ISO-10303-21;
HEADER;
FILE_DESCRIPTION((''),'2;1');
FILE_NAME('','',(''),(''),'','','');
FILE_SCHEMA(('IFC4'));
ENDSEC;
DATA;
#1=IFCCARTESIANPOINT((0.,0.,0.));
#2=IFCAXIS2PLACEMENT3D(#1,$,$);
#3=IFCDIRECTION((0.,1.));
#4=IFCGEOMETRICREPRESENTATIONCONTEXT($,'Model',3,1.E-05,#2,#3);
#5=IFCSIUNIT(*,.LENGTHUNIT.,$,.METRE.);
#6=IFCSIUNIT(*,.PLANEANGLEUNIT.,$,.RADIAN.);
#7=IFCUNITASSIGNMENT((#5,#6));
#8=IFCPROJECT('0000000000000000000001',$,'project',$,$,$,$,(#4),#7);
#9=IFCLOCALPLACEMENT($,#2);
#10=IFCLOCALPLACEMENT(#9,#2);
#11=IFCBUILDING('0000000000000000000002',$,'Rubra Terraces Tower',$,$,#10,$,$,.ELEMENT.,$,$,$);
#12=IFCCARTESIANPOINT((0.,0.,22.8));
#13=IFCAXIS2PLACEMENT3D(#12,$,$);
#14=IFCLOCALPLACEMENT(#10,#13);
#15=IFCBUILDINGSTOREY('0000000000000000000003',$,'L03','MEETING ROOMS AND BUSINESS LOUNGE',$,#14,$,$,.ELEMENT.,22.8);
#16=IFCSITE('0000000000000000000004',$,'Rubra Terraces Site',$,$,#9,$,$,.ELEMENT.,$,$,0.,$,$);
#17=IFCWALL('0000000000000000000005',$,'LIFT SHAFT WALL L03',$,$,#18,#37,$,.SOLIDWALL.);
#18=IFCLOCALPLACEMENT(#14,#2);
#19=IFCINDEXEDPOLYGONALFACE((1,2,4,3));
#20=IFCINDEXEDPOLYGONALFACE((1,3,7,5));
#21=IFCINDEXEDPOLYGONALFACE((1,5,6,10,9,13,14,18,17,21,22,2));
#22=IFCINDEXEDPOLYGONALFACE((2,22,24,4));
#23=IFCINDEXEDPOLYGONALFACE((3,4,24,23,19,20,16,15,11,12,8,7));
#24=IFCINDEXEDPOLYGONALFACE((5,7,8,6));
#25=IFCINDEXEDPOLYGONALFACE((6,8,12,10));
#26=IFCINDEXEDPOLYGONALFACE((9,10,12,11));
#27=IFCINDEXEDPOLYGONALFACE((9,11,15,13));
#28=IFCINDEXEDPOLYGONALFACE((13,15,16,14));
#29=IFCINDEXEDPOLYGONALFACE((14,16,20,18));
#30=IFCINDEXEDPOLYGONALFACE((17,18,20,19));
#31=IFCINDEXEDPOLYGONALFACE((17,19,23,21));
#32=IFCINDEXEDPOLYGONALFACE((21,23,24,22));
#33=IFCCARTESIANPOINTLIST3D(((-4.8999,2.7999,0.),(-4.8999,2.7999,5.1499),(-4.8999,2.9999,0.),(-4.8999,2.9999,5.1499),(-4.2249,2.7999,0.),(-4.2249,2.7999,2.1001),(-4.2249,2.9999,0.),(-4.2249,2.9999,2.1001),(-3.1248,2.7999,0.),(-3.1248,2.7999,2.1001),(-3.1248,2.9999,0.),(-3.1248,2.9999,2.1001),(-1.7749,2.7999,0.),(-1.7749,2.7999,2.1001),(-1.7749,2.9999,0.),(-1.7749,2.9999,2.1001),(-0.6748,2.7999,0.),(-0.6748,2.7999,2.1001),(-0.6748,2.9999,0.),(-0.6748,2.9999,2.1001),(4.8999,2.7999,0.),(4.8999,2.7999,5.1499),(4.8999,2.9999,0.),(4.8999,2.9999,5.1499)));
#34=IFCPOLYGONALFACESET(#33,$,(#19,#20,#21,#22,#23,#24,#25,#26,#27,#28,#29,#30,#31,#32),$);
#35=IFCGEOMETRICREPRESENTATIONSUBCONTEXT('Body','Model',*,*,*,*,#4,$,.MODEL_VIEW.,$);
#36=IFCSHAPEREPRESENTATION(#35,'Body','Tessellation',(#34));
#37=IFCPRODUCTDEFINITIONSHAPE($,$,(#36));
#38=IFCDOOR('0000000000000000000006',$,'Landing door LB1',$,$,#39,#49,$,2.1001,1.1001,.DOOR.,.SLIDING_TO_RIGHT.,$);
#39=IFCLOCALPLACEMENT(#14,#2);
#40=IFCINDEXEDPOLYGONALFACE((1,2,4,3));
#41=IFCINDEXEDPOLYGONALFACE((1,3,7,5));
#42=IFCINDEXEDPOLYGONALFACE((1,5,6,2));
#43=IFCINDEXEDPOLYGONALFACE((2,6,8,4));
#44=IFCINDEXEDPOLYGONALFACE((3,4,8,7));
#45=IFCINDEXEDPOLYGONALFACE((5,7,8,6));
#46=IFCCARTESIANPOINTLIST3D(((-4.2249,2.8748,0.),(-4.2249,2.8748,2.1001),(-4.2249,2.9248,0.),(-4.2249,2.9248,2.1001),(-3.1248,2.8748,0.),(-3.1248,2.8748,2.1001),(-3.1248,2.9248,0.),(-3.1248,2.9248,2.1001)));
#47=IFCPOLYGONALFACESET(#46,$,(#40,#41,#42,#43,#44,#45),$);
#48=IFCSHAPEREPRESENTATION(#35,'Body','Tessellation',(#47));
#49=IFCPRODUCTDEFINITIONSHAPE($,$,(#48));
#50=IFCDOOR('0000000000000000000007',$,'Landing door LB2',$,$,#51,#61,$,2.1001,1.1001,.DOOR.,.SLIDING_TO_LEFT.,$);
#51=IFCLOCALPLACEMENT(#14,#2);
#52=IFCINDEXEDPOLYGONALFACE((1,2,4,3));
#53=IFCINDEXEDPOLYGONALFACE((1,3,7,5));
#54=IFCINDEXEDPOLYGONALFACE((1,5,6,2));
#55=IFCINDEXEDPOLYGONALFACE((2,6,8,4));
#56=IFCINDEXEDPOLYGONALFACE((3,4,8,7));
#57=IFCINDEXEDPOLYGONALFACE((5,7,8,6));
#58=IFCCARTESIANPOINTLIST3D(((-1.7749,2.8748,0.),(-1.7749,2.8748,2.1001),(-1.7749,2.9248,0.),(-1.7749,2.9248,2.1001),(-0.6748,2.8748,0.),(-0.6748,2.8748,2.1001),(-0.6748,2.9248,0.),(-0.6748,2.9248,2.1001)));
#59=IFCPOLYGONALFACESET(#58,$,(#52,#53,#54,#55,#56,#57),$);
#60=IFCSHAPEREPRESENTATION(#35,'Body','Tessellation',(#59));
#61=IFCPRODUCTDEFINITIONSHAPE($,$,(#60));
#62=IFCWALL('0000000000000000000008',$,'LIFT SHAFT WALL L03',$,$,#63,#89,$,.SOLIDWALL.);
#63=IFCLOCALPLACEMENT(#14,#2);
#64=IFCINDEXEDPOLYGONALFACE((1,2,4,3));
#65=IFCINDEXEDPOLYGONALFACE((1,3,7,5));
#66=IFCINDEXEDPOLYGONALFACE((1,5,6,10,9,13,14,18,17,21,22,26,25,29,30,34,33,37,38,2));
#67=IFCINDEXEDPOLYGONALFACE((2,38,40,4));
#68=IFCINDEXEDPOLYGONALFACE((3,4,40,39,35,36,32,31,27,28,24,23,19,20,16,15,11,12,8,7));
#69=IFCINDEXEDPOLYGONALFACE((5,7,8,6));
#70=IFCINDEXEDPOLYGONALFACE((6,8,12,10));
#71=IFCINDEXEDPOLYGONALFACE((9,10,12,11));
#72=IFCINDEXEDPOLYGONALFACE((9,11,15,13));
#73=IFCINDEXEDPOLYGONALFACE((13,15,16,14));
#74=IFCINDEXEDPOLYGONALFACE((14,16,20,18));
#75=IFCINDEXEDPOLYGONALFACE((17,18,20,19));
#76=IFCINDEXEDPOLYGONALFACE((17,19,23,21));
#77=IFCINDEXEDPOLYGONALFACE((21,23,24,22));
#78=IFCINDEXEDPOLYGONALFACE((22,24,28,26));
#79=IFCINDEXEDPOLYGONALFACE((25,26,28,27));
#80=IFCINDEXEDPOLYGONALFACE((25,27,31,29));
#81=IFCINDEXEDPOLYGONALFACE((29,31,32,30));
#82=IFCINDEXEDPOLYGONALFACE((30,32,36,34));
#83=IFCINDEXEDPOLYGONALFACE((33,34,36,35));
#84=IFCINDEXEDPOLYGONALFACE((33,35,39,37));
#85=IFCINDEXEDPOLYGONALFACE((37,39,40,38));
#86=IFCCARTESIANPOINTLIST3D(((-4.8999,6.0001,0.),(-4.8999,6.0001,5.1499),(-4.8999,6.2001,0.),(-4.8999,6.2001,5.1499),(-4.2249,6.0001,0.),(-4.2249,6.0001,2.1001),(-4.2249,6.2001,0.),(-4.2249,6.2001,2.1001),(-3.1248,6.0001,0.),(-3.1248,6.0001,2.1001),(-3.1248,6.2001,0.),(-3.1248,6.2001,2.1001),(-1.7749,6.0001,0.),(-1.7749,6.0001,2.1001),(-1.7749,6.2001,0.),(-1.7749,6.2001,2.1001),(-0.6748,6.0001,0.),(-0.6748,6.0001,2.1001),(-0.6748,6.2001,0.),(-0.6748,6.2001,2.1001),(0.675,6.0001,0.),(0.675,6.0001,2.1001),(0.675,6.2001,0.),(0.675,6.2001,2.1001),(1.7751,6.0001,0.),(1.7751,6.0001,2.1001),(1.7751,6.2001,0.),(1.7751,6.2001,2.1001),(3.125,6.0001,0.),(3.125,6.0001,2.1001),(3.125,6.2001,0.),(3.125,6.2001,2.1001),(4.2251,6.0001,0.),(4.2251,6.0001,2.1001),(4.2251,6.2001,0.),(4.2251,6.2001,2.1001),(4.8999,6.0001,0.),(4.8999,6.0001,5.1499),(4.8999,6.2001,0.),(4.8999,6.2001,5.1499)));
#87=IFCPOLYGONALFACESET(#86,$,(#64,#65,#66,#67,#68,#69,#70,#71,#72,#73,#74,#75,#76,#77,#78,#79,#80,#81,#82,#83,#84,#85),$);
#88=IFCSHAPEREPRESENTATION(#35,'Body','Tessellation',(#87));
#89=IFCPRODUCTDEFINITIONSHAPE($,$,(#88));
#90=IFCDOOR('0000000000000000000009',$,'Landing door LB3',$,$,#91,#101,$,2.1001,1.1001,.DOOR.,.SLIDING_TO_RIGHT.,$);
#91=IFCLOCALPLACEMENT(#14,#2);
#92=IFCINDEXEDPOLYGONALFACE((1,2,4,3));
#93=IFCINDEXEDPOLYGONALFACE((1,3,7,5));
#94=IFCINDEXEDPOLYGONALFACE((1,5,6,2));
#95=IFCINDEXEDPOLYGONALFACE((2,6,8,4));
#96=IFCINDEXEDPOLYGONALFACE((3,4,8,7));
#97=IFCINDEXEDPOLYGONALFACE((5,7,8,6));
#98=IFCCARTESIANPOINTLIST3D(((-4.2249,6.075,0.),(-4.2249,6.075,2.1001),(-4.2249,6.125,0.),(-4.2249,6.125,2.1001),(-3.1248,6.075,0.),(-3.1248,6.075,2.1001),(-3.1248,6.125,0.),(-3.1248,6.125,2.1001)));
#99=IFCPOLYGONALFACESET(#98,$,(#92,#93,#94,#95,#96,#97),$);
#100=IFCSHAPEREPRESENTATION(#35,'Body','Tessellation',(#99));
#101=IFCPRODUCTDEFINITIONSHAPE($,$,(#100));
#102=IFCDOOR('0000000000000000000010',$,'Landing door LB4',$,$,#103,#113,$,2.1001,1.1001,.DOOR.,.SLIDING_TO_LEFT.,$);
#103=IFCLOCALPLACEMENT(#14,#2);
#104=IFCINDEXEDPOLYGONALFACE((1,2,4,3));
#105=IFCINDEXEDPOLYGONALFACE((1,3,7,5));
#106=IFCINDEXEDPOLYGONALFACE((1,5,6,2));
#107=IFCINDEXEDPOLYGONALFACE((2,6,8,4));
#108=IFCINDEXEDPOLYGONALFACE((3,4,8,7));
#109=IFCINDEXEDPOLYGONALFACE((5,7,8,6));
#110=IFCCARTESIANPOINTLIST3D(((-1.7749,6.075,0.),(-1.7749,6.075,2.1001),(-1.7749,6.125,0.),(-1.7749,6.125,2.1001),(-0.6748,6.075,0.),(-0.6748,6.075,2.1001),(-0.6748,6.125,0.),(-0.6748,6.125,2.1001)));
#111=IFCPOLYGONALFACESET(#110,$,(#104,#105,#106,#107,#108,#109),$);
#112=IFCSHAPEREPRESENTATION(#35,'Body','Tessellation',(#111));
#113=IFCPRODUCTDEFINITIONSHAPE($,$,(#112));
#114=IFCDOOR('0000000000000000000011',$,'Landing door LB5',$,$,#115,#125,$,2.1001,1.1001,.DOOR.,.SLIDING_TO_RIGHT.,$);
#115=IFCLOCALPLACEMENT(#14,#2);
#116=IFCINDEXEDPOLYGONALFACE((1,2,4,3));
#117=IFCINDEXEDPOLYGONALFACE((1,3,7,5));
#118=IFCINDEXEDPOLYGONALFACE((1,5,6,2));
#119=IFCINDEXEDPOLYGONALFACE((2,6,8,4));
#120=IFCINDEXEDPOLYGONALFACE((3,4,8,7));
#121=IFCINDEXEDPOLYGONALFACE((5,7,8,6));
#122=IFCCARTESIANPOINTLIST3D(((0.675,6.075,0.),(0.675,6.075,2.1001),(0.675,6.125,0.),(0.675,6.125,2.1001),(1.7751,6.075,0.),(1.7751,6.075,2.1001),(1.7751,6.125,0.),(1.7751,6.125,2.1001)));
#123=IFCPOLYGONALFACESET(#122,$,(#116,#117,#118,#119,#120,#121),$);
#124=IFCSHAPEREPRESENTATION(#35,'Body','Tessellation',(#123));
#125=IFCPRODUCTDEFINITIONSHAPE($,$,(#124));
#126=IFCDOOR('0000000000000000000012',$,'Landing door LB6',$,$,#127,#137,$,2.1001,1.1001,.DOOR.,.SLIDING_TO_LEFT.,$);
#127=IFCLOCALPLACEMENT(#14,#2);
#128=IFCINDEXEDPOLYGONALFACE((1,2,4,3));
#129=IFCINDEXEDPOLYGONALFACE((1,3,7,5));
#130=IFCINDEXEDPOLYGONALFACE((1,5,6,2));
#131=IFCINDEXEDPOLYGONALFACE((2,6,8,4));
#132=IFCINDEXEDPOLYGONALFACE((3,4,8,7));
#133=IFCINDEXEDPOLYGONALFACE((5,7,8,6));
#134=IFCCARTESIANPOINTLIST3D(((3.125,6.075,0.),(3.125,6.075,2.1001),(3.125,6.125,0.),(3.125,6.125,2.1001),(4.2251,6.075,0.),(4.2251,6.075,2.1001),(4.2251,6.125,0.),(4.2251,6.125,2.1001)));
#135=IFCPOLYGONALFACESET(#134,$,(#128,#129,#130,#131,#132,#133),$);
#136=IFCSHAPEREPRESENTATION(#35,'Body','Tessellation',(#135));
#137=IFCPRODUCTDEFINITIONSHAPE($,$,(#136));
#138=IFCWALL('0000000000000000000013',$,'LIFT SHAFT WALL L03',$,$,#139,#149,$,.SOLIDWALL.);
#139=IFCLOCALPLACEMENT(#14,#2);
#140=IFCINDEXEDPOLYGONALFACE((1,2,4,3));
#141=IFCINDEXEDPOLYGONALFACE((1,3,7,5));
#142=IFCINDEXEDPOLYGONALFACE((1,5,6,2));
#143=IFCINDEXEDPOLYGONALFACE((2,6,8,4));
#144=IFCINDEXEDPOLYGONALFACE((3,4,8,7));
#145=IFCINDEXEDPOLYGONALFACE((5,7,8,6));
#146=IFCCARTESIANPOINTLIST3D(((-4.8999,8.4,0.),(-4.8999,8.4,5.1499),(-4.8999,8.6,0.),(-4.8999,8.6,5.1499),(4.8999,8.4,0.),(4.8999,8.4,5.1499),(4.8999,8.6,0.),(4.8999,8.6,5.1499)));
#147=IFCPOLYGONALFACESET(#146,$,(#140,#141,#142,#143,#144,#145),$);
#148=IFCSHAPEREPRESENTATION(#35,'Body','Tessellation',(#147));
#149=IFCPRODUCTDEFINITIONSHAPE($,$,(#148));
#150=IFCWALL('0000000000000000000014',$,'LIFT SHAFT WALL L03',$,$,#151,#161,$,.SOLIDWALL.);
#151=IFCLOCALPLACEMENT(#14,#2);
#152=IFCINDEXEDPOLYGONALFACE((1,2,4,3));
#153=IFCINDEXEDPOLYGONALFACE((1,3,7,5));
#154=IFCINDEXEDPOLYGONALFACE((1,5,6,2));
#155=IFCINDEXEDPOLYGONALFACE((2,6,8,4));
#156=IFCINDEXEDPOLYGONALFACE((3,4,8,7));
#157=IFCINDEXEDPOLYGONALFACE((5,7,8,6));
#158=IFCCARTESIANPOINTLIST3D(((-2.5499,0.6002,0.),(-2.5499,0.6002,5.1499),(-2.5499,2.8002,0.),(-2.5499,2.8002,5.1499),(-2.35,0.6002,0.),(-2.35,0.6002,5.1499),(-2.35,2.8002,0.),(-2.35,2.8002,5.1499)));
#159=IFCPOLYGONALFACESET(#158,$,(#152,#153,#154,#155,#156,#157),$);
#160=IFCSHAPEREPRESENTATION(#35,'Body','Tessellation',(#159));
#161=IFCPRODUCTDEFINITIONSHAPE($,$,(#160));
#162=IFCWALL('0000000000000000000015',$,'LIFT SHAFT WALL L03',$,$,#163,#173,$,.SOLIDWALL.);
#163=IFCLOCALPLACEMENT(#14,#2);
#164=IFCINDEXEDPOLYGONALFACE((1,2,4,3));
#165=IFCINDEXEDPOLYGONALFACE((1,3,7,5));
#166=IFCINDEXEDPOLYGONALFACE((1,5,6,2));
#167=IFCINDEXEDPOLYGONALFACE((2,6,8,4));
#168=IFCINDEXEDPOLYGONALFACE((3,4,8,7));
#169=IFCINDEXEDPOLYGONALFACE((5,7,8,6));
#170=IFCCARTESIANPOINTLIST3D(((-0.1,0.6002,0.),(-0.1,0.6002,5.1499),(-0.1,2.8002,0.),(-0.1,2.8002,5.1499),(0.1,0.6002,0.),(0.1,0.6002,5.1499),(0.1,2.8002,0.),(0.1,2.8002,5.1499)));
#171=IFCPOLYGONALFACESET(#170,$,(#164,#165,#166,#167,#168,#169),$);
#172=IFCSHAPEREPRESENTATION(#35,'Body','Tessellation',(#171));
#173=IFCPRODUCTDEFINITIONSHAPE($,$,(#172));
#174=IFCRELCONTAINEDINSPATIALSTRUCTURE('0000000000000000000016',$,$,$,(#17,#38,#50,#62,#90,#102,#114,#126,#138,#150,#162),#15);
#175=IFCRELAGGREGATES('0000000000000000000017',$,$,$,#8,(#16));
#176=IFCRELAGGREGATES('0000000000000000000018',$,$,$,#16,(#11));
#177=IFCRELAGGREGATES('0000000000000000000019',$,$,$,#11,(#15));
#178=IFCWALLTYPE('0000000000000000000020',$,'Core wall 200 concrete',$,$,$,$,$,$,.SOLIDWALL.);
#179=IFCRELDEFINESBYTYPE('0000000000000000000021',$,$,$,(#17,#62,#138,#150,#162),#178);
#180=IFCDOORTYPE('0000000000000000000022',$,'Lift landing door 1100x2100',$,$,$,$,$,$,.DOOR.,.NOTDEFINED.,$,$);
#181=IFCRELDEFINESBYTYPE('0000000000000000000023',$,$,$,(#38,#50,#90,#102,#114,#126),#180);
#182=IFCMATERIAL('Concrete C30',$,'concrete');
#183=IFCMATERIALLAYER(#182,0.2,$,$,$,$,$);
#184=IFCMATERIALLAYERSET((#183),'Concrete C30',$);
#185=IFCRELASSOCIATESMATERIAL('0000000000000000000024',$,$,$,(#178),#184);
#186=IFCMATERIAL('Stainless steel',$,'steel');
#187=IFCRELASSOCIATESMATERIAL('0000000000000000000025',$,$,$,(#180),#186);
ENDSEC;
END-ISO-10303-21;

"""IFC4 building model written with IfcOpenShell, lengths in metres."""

from ifc_helpers import new_model, si_unit, direction, frame, frame_2d, origin, place, context, subcontext, project, spatial, rectangle, extrude, material, layer, layer_set, type_object, element, fill, save


model = new_model("IFC4")

# Units and contexts
model_context = context("Model", 3, precision=1e-05, world=origin(), true_north=direction((0.0, 1.0)))
body_context = subcontext(model_context, "Body", "Model", "MODEL_VIEW")
ifc_project = project(units=[si_unit("LENGTHUNIT", "METRE"), si_unit("PLANEANGLEUNIT", "RADIAN")], contexts=[model_context])

# Site, building, storey
site_placement = place(None, origin())
site = spatial("IfcSite", under=ifc_project, at=site_placement, Name="Rubra Terraces Site", CompositionType="ELEMENT", RefElevation=0.0)
building_placement = place(site_placement, origin())
building = spatial("IfcBuilding", under=site, at=building_placement, Name="Rubra Terraces Tower", CompositionType="ELEMENT")
storey_placement = place(building_placement, frame((0.0, 0.0, 22.8)))
storey = spatial("IfcBuildingStorey", under=building, at=storey_placement, Name="L03", Description="MEETING ROOMS AND BUSINESS LOUNGE", CompositionType="ELEMENT", Elevation=22.8)

# Shared definitions
ifc_material_1 = material(Name="Concrete C30", Category="concrete")
ifc_layer_1 = layer(ifc_material_1, 0.2)
ifc_layer_set_1 = layer_set([ifc_layer_1], Name="Concrete C30")
wall_type_1 = type_object("IfcWallType", Name="Core wall 200 concrete", PredefinedType="SOLIDWALL", material=ifc_layer_set_1)

# Walls, openings, doors
wall_1_placement = place(storey_placement, frame((-4.8999, 2.8999, 0.0), z_axis=(0.0, 0.0, 1.0), x_axis=(1.0, 0.0, 0.0)))
wall_1 = element("IfcWall", 1, at=wall_1_placement, inside=storey, type_object=wall_type_1, Name="LIFT SHAFT WALL L03", PredefinedType="SOLIDWALL", context=body_context, shape_type="SweptSolid", body=[
    extrude(rectangle(XDim=9.7998, YDim=0.2, at=frame_2d((4.8999, 0.0))), origin(), (0.0, 0.0, 1.0), 5.1499),
])
opening_1_placement = place(wall_1_placement, frame((0.675, 0.0, 0.0)))
opening_1 = element("IfcOpeningElement", 2, at=opening_1_placement, cuts=wall_1, PredefinedType="OPENING", context=body_context, shape_type="SweptSolid", body=[
    extrude(rectangle(XDim=1.1001, YDim=2.1001, at=frame_2d((0.55, 1.05))), frame((0.0, 0.1099, 0.0), z_axis=(0.0, -1.0, 0.0), x_axis=(1.0, 0.0, 0.0)), (0.0, 0.0, 1.0), 0.22),
])
opening_2_placement = place(wall_1_placement, frame((3.125, 0.0, 0.0)))
opening_2 = element("IfcOpeningElement", 3, at=opening_2_placement, cuts=wall_1, PredefinedType="OPENING", context=body_context, shape_type="SweptSolid", body=[
    extrude(rectangle(XDim=1.1001, YDim=2.1001, at=frame_2d((0.55, 1.05))), frame((0.0, 0.1099, 0.0), z_axis=(0.0, -1.0, 0.0), x_axis=(1.0, 0.0, 0.0)), (0.0, 0.0, 1.0), 0.22),
])
ifc_material_2 = material(Name="Stainless steel", Category="steel")
door_type = type_object("IfcDoorType", Name="Lift landing door 1100x2100", OperationType="NOTDEFINED", PredefinedType="DOOR", material=ifc_material_2)
door_1_placement = place(opening_1_placement, origin())
door_1 = element("IfcDoor", 4, at=door_1_placement, inside=storey, type_object=door_type, Name="Landing door LB1", OperationType="SLIDING_TO_RIGHT", OverallHeight=2.1001, OverallWidth=1.1001, PredefinedType="DOOR", context=body_context, shape_type="SweptSolid", body=[
    extrude(rectangle(XDim=1.1001, YDim=2.1001, at=frame_2d((0.55, 1.05))), frame((0.0, 0.0249, 0.0), z_axis=(0.0, -1.0, 0.0), x_axis=(1.0, 0.0, 0.0)), (0.0, 0.0, 1.0), 0.05),
])
fill(opening_1, door_1)
door_2_placement = place(opening_2_placement, origin())
door_2 = element("IfcDoor", 5, at=door_2_placement, inside=storey, type_object=door_type, Name="Landing door LB2", OperationType="SLIDING_TO_LEFT", OverallHeight=2.1001, OverallWidth=1.1001, PredefinedType="DOOR", context=body_context, shape_type="SweptSolid", body=[
    extrude(rectangle(XDim=1.1001, YDim=2.1001, at=frame_2d((0.55, 1.05))), frame((0.0, 0.0249, 0.0), z_axis=(0.0, -1.0, 0.0), x_axis=(1.0, 0.0, 0.0)), (0.0, 0.0, 1.0), 0.05),
])
fill(opening_2, door_2)
wall_2_placement = place(storey_placement, frame((-4.8999, 6.1001, 0.0), z_axis=(0.0, 0.0, 1.0), x_axis=(1.0, 0.0, 0.0)))
wall_2 = element("IfcWall", 6, at=wall_2_placement, inside=storey, type_object=wall_type_1, Name="LIFT SHAFT WALL L03", PredefinedType="SOLIDWALL", context=body_context, shape_type="SweptSolid", body=[
    extrude(rectangle(XDim=9.7998, YDim=0.2, at=frame_2d((4.8999, 0.0))), origin(), (0.0, 0.0, 1.0), 5.1499),
])
opening_3_placement = place(wall_2_placement, frame((0.675, 0.0, 0.0)))
opening_3 = element("IfcOpeningElement", 7, at=opening_3_placement, cuts=wall_2, PredefinedType="OPENING", context=body_context, shape_type="SweptSolid", body=[
    extrude(rectangle(XDim=1.1001, YDim=2.1001, at=frame_2d((0.55, 1.05))), frame((0.0, 0.1099, 0.0), z_axis=(0.0, -1.0, 0.0), x_axis=(1.0, 0.0, 0.0)), (0.0, 0.0, 1.0), 0.22),
])
opening_4_placement = place(wall_2_placement, frame((3.125, 0.0, 0.0)))
opening_4 = element("IfcOpeningElement", 8, at=opening_4_placement, cuts=wall_2, PredefinedType="OPENING", context=body_context, shape_type="SweptSolid", body=[
    extrude(rectangle(XDim=1.1001, YDim=2.1001, at=frame_2d((0.55, 1.05))), frame((0.0, 0.1099, 0.0), z_axis=(0.0, -1.0, 0.0), x_axis=(1.0, 0.0, 0.0)), (0.0, 0.0, 1.0), 0.22),
])
opening_5_placement = place(wall_2_placement, frame((5.575, 0.0, 0.0)))
opening_5 = element("IfcOpeningElement", 9, at=opening_5_placement, cuts=wall_2, PredefinedType="OPENING", context=body_context, shape_type="SweptSolid", body=[
    extrude(rectangle(XDim=1.1001, YDim=2.1001, at=frame_2d((0.55, 1.05))), frame((0.0, 0.1099, 0.0), z_axis=(0.0, -1.0, 0.0), x_axis=(1.0, 0.0, 0.0)), (0.0, 0.0, 1.0), 0.22),
])
opening_6_placement = place(wall_2_placement, frame((8.0249, 0.0, 0.0)))
opening_6 = element("IfcOpeningElement", 10, at=opening_6_placement, cuts=wall_2, PredefinedType="OPENING", context=body_context, shape_type="SweptSolid", body=[
    extrude(rectangle(XDim=1.1001, YDim=2.1001, at=frame_2d((0.55, 1.05))), frame((0.0, 0.1099, 0.0), z_axis=(0.0, -1.0, 0.0), x_axis=(1.0, 0.0, 0.0)), (0.0, 0.0, 1.0), 0.22),
])
door_3_placement = place(opening_3_placement, origin())
door_3 = element("IfcDoor", 11, at=door_3_placement, inside=storey, type_object=door_type, Name="Landing door LB3", OperationType="SLIDING_TO_RIGHT", OverallHeight=2.1001, OverallWidth=1.1001, PredefinedType="DOOR", context=body_context, shape_type="SweptSolid", body=[
    extrude(rectangle(XDim=1.1001, YDim=2.1001, at=frame_2d((0.55, 1.05))), frame((0.0, 0.0249, 0.0), z_axis=(0.0, -1.0, 0.0), x_axis=(1.0, 0.0, 0.0)), (0.0, 0.0, 1.0), 0.05),
])
fill(opening_3, door_3)
door_4_placement = place(opening_4_placement, origin())
door_4 = element("IfcDoor", 12, at=door_4_placement, inside=storey, type_object=door_type, Name="Landing door LB4", OperationType="SLIDING_TO_LEFT", OverallHeight=2.1001, OverallWidth=1.1001, PredefinedType="DOOR", context=body_context, shape_type="SweptSolid", body=[
    extrude(rectangle(XDim=1.1001, YDim=2.1001, at=frame_2d((0.55, 1.05))), frame((0.0, 0.0249, 0.0), z_axis=(0.0, -1.0, 0.0), x_axis=(1.0, 0.0, 0.0)), (0.0, 0.0, 1.0), 0.05),
])
fill(opening_4, door_4)
door_5_placement = place(opening_5_placement, origin())
door_5 = element("IfcDoor", 13, at=door_5_placement, inside=storey, type_object=door_type, Name="Landing door LB5", OperationType="SLIDING_TO_RIGHT", OverallHeight=2.1001, OverallWidth=1.1001, PredefinedType="DOOR", context=body_context, shape_type="SweptSolid", body=[
    extrude(rectangle(XDim=1.1001, YDim=2.1001, at=frame_2d((0.55, 1.05))), frame((0.0, 0.0249, 0.0), z_axis=(0.0, -1.0, 0.0), x_axis=(1.0, 0.0, 0.0)), (0.0, 0.0, 1.0), 0.05),
])
fill(opening_5, door_5)
door_6_placement = place(opening_6_placement, origin())
door_6 = element("IfcDoor", 14, at=door_6_placement, inside=storey, type_object=door_type, Name="Landing door LB6", OperationType="SLIDING_TO_LEFT", OverallHeight=2.1001, OverallWidth=1.1001, PredefinedType="DOOR", context=body_context, shape_type="SweptSolid", body=[
    extrude(rectangle(XDim=1.1001, YDim=2.1001, at=frame_2d((0.55, 1.05))), frame((0.0, 0.0249, 0.0), z_axis=(0.0, -1.0, 0.0), x_axis=(1.0, 0.0, 0.0)), (0.0, 0.0, 1.0), 0.05),
])
fill(opening_6, door_6)

# Walls
wall_3_placement = place(storey_placement, frame((-4.8999, 8.5, 0.0), z_axis=(0.0, 0.0, 1.0), x_axis=(1.0, 0.0, 0.0)))
element("IfcWall", 15, at=wall_3_placement, inside=storey, type_object=wall_type_1, Name="LIFT SHAFT WALL L03", PredefinedType="SOLIDWALL", context=body_context, shape_type="SweptSolid", body=[
    extrude(rectangle(XDim=9.7998, YDim=0.2, at=frame_2d((4.8999, 0.0))), origin(), (0.0, 0.0, 1.0), 5.1499),
])
for number, where, z_axis, x_axis, name in (
    (16, (-2.45, 0.6001, 0.0), (0.0, 0.0, 1.0), (0.0, 1.0, 0.0), "LIFT SHAFT WALL L03"),
    (17, (0.0, 0.6001, 0.0), (0.0, 0.0, 1.0), (0.0, 1.0, 0.0), "LIFT SHAFT WALL L03"),
):
    element("IfcWall", number, at=place(storey_placement, frame(where, z_axis=z_axis, x_axis=x_axis)), inside=storey, type_object=wall_type_1, Name=name, PredefinedType="SOLIDWALL", context=body_context, shape_type="SweptSolid", body=[
        extrude(rectangle(XDim=2.2, YDim=0.2, at=frame_2d((1.1001, 0.0))), origin(), (0.0, 0.0, 1.0), 5.1499),
    ])

save(model, "model.ifc")
